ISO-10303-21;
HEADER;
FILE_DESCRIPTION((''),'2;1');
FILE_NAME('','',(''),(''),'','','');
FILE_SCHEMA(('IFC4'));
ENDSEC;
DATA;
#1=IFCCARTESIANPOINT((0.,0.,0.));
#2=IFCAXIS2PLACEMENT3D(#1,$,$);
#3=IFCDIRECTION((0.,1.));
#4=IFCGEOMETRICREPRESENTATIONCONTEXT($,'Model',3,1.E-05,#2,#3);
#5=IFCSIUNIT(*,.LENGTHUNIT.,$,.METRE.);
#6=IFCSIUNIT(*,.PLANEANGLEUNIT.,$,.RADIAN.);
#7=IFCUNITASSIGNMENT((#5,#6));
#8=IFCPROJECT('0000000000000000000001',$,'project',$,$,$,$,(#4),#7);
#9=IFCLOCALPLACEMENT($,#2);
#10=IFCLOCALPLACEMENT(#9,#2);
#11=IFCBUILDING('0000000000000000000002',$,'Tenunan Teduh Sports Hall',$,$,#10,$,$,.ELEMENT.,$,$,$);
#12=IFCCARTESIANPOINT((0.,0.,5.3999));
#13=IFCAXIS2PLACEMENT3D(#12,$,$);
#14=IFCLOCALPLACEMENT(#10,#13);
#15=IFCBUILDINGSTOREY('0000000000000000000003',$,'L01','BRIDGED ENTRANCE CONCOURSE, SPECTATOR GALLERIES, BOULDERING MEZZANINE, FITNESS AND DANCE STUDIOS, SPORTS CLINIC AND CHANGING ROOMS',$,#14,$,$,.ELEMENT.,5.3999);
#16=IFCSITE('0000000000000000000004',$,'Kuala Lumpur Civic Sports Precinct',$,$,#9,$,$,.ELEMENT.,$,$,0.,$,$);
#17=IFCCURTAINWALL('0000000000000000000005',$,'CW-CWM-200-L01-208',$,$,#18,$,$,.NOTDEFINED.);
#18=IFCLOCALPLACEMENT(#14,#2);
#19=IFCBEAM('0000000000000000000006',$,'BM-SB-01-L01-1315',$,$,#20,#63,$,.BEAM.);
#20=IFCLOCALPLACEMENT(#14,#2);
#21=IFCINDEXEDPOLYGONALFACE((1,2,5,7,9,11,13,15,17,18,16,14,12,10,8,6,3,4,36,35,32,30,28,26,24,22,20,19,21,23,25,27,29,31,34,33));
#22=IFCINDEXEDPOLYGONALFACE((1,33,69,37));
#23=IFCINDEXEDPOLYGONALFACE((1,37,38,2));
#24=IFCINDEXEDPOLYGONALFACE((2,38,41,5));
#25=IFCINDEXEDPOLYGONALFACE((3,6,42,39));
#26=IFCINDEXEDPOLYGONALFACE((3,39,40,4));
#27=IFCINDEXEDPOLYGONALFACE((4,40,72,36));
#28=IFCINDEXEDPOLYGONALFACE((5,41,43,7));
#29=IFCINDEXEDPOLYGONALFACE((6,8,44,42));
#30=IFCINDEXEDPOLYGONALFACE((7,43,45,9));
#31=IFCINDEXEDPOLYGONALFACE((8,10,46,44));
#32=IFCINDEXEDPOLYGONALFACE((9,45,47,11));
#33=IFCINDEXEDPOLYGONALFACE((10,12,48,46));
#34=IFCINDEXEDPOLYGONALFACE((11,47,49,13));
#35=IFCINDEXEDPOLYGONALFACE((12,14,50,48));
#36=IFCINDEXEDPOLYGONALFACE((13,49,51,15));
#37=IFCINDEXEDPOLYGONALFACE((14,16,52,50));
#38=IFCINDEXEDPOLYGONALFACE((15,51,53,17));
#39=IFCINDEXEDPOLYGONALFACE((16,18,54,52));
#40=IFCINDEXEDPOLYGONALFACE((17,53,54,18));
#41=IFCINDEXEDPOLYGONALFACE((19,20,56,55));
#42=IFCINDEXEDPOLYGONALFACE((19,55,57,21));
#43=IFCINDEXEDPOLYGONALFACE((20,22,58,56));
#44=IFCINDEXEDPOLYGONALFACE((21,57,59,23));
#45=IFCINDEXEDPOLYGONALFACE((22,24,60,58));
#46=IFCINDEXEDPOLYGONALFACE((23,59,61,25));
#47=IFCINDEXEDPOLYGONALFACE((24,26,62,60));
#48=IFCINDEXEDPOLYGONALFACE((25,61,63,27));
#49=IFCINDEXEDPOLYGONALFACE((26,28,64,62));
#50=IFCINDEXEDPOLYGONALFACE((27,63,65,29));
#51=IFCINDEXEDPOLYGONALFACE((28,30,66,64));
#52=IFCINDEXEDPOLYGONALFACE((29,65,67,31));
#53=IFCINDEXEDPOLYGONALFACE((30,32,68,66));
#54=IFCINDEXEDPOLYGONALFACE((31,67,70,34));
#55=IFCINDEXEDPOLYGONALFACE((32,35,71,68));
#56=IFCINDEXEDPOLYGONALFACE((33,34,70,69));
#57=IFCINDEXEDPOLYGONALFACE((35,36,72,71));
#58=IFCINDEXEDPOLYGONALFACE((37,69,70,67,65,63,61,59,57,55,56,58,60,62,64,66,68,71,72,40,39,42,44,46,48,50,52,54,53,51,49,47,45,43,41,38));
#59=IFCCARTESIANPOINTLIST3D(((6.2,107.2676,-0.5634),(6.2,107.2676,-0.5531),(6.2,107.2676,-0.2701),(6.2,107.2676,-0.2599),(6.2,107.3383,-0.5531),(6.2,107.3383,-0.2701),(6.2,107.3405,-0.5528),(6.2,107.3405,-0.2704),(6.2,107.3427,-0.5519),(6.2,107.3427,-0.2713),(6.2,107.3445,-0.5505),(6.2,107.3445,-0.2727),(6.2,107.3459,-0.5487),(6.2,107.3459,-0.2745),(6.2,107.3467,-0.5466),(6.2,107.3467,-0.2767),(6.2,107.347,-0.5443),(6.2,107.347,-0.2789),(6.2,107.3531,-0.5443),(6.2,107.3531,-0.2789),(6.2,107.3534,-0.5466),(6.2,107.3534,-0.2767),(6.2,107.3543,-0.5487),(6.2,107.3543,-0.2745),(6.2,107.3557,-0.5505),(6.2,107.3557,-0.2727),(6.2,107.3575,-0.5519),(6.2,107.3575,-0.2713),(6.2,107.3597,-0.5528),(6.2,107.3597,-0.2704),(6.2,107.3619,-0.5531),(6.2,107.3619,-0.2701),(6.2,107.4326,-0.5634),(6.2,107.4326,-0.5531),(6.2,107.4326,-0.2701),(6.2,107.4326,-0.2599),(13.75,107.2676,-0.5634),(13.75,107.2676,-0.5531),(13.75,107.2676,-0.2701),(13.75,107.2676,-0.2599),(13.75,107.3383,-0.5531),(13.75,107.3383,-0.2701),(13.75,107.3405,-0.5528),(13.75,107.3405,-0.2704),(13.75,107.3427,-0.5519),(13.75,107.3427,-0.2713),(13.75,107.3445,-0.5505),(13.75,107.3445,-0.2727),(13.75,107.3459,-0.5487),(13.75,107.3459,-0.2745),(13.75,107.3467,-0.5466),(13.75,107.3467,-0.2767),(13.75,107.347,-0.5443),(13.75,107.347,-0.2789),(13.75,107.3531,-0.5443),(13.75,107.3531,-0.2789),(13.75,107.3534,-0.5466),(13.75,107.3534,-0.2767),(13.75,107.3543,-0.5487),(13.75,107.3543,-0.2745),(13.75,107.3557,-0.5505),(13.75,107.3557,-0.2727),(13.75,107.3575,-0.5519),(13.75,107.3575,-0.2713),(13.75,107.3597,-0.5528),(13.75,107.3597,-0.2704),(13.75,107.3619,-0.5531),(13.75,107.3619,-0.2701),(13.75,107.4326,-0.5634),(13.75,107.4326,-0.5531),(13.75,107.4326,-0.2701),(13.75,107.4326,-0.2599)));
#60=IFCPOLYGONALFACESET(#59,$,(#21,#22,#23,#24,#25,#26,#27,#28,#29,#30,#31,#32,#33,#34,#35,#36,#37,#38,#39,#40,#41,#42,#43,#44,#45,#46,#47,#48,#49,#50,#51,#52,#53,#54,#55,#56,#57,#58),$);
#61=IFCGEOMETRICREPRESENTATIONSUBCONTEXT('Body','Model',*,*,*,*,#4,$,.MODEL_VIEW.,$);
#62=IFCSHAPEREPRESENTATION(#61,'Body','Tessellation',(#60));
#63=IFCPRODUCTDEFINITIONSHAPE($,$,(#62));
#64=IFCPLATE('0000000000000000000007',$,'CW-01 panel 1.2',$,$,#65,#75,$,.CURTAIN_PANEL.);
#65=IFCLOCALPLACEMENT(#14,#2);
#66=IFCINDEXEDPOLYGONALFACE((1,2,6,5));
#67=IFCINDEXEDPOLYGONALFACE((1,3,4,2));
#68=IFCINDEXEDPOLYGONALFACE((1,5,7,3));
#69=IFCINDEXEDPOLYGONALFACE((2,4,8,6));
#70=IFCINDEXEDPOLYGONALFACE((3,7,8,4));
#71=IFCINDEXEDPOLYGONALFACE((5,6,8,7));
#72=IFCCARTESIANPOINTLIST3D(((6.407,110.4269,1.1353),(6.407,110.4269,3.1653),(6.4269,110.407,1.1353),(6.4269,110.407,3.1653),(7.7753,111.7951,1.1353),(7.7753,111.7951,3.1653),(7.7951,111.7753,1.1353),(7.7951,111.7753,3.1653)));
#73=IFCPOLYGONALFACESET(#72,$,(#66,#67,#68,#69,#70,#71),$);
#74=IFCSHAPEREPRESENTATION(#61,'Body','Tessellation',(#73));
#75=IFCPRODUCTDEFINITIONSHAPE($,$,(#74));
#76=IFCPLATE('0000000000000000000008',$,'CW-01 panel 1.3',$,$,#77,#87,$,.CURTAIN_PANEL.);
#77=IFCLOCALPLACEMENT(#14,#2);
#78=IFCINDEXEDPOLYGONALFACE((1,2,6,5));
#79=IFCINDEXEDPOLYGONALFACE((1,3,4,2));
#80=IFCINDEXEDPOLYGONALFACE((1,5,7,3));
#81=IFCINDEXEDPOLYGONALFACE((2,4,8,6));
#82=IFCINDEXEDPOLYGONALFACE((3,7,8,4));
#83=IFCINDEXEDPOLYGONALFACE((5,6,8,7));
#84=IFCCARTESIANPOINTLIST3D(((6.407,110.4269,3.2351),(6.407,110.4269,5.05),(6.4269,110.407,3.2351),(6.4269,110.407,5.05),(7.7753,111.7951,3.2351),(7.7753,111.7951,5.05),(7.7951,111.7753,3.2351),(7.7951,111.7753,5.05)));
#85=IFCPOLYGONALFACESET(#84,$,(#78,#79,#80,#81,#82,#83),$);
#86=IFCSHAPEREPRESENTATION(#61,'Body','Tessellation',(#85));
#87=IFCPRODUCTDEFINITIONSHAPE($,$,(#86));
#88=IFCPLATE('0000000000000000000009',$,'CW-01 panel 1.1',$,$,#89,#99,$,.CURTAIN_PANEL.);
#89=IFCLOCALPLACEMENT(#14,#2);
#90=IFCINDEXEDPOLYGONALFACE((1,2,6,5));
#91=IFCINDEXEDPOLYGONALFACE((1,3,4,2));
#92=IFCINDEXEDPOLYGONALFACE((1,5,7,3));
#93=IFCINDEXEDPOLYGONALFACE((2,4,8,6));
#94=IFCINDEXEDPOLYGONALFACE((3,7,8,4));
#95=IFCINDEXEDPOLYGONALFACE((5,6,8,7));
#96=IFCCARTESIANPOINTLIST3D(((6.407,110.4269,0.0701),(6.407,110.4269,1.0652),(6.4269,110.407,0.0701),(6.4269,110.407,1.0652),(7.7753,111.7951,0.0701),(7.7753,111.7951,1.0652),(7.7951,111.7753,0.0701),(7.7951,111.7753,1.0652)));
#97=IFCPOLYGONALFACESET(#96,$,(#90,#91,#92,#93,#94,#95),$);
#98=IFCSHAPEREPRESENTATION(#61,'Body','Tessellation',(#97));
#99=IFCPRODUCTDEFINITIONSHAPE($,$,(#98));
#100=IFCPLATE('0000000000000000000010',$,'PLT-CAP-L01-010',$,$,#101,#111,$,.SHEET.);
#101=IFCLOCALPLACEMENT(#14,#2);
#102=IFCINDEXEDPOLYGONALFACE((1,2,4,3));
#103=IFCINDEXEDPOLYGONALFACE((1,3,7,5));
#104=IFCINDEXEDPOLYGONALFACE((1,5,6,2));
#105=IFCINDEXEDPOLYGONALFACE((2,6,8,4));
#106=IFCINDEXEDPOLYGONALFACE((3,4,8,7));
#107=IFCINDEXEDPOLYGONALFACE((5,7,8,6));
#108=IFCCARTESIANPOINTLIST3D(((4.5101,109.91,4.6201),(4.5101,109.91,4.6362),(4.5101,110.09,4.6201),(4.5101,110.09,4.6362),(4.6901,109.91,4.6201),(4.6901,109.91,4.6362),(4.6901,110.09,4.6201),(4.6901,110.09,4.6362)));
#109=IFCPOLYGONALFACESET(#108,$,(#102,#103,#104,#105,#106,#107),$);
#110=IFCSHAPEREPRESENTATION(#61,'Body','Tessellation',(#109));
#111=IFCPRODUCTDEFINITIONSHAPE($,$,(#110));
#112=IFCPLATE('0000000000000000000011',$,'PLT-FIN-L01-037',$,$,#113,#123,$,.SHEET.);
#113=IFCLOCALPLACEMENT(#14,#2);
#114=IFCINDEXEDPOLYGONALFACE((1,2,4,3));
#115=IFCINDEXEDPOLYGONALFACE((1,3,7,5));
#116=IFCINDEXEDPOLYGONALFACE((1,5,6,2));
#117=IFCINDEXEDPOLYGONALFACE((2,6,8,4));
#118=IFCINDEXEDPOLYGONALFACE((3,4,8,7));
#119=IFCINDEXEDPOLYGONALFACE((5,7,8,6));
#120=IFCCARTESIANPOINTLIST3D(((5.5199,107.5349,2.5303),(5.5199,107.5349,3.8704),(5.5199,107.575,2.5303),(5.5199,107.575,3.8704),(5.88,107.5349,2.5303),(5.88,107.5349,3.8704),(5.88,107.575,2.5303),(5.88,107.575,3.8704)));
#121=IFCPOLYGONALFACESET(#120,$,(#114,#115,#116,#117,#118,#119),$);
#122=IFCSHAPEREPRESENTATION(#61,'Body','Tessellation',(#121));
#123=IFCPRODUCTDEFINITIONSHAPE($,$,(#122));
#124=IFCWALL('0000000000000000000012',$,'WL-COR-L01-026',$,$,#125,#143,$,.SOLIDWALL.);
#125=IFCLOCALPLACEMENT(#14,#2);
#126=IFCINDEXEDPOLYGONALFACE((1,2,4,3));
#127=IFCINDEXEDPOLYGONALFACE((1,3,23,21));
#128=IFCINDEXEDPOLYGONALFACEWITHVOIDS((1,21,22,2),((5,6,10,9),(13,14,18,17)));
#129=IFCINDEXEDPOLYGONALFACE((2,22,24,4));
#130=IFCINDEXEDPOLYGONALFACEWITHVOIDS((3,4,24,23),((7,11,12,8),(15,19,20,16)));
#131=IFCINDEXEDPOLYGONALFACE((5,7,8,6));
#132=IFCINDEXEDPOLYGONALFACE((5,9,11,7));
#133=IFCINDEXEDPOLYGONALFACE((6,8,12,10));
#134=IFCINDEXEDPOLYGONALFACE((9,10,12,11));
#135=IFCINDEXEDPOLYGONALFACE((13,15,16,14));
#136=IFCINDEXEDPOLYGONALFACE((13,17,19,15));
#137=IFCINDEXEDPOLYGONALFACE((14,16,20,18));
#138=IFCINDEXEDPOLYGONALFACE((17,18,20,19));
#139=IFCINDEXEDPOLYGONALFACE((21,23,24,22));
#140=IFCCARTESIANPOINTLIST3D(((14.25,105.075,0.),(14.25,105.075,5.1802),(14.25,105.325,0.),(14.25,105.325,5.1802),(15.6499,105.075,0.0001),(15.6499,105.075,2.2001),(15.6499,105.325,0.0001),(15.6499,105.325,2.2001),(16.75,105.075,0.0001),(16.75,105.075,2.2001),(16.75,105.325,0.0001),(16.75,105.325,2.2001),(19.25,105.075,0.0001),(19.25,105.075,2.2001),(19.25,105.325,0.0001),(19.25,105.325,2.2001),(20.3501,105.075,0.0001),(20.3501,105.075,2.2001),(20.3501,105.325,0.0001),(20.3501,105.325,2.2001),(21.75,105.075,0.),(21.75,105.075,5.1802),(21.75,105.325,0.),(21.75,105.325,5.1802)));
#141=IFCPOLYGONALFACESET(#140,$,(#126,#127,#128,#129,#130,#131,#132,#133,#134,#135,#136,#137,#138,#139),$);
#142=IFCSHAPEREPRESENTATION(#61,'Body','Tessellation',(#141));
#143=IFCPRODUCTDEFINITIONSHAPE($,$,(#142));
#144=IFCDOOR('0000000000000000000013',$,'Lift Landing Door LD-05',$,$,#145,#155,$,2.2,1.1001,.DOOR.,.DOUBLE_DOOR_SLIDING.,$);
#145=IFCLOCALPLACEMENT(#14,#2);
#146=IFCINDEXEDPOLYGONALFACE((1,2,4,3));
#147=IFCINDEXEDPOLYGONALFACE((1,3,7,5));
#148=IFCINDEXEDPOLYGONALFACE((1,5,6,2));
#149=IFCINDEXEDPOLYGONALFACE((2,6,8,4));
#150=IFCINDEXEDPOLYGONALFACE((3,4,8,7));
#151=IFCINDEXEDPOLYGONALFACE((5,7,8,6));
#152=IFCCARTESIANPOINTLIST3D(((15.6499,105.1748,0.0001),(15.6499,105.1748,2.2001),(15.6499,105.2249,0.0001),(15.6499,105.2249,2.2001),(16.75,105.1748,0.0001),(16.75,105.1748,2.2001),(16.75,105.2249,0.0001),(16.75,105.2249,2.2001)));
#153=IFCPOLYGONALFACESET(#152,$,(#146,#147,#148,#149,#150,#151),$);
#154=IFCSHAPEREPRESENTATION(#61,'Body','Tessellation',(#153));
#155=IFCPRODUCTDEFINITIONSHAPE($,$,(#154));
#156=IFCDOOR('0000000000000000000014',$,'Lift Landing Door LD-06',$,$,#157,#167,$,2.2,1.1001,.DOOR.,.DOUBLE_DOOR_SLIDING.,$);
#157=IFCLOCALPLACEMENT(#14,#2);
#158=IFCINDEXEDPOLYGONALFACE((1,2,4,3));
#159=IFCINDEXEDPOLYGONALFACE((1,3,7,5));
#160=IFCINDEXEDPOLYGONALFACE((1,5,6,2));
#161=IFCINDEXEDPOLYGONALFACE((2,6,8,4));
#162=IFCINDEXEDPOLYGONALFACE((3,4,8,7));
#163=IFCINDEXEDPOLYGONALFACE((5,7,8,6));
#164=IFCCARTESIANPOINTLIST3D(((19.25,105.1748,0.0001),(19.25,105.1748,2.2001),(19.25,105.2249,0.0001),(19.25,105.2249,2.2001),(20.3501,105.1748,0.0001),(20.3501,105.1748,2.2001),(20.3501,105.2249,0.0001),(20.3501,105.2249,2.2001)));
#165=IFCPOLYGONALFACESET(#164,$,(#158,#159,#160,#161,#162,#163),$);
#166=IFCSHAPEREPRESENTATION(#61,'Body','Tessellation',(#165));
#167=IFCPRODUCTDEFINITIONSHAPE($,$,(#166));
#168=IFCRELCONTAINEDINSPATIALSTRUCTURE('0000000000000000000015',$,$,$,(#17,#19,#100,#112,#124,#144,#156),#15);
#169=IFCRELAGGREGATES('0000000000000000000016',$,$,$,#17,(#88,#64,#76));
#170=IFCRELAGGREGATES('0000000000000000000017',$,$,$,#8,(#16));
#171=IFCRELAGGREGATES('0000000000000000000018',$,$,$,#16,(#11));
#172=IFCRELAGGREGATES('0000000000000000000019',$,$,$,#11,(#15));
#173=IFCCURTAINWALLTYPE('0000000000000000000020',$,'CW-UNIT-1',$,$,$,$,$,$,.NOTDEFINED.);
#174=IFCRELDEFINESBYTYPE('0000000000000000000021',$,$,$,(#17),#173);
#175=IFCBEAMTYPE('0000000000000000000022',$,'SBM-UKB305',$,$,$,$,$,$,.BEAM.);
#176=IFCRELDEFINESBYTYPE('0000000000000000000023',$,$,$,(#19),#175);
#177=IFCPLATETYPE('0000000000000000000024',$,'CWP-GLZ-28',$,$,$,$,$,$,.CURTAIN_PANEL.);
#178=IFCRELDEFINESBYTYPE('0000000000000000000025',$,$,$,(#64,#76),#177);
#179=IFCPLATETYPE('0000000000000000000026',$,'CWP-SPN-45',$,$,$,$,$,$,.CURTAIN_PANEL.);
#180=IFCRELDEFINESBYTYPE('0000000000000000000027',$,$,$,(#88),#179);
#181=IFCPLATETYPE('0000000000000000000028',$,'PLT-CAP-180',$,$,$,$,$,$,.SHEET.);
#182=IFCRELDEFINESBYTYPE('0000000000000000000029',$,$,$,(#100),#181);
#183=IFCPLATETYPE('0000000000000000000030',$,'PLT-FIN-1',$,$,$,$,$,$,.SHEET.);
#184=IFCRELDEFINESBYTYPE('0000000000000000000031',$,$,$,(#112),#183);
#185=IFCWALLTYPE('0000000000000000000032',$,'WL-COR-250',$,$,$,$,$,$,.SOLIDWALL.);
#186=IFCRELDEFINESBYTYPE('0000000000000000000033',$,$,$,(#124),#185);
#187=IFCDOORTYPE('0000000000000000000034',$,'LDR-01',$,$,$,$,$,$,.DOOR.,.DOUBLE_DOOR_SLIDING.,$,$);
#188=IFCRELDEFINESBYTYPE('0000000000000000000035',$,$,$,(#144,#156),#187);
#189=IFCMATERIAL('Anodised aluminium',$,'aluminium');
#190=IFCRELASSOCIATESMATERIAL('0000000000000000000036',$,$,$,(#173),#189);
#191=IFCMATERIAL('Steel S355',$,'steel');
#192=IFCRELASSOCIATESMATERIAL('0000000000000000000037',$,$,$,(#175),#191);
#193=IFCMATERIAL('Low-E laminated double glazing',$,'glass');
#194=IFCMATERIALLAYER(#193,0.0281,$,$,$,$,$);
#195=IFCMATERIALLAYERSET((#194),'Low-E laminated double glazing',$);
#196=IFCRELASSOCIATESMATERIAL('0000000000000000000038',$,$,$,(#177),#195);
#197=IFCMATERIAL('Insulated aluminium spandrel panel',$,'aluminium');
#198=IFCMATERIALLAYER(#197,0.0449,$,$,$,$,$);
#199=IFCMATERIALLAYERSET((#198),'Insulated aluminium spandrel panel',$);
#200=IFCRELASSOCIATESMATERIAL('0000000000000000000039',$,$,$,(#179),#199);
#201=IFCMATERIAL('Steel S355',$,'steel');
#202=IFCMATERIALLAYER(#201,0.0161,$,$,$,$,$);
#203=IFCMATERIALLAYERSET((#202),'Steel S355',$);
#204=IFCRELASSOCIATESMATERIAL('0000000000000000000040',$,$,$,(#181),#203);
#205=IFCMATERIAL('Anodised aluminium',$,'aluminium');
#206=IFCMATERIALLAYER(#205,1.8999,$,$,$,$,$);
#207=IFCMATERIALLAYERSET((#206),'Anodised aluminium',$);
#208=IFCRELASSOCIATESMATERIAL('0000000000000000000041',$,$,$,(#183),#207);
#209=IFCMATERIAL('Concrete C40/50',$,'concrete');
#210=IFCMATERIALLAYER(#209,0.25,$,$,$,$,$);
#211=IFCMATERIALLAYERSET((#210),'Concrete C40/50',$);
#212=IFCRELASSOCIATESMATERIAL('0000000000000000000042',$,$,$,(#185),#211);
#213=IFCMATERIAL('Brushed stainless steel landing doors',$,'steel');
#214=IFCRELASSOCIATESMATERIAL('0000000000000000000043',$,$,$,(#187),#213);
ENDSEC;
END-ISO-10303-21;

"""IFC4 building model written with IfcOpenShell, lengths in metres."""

from ifc_helpers import new_model, si_unit, direction, frame, frame_2d, origin, origin_2d, place, context, subcontext, project, spatial, rectangle, i_section, extrude, material, layer, layer_set, material_profile, profile_set, type_object, element, fill, aggregate, save


model = new_model("IFC4")

# Units and contexts
model_context = context("Model", 3, precision=1e-05, world=origin(), true_north=direction((0.0, 1.0)))
body_context = subcontext(model_context, "Body", "Model", "MODEL_VIEW")
ifc_project = project(units=[si_unit("LENGTHUNIT", "METRE"), si_unit("PLANEANGLEUNIT", "RADIAN")], contexts=[model_context])

# Site, building, storey
site_placement = place(None, origin())
site = spatial("IfcSite", under=ifc_project, at=site_placement, Name="Kuala Lumpur Civic Sports Precinct", CompositionType="ELEMENT", RefElevation=0.0)
building_placement = place(site_placement, origin())
building = spatial("IfcBuilding", under=site, at=building_placement, Name="Tenunan Teduh Sports Hall", CompositionType="ELEMENT")
storey_placement = place(building_placement, frame((0.0, 0.0, 5.3999)))
storey = spatial("IfcBuildingStorey", under=building, at=storey_placement, Name="L01", Description="BRIDGED ENTRANCE CONCOURSE, SPECTATOR GALLERIES, BOULDERING MEZZANINE, FITNESS AND DANCE STUDIOS, SPORTS CLINIC AND CHANGING ROOMS", CompositionType="ELEMENT", Elevation=5.3999)

# Curtain wall
ifc_material_1 = material(Name="Anodised aluminium", Category="aluminium")
curtain_wall_type = type_object("IfcCurtainWallType", Name="CW-UNIT-1", PredefinedType="NOTDEFINED", material=ifc_material_1)
curtain_wall_placement = place(storey_placement, origin())
curtain_wall = element("IfcCurtainWall", 1, at=curtain_wall_placement, inside=storey, type_object=curtain_wall_type, Name="CW-CWM-200-L01-208", PredefinedType="NOTDEFINED")

# Beam
ifc_material_2 = material(Name="Steel S355", Category="steel")
ifc_material_profile_1 = material_profile(ifc_material_2, i_section(OverallWidth=0.165, OverallDepth=0.3035, WebThickness=0.0061, FlangeThickness=0.0103, FilletRadius=0.0088, at=origin_2d()), Name="UKB 305x165x40")
ifc_profile_set_1 = profile_set([ifc_material_profile_1], Name="Steel S355")
beam_type_1 = type_object("IfcBeamType", Name="SBM-UKB305", PredefinedType="BEAM", material=ifc_profile_set_1)
beam_1_placement = place(storey_placement, frame((6.2, 107.3501, -0.4116), z_axis=(1.0, 0.0, 0.0), x_axis=(0.0, 1.0, 0.0)))
element("IfcBeam", 2, at=beam_1_placement, inside=storey, type_object=beam_type_1, Name="BM-SB-01-L01-1315", PredefinedType="BEAM", context=body_context, shape_type="SweptSolid", body=[
    extrude(i_section(OverallWidth=0.165, OverallDepth=0.3035, WebThickness=0.0061, FlangeThickness=0.0103, FilletRadius=0.0088, at=origin_2d()), origin(), (0.0, 0.0, 1.0), 7.55),
])

# Plates
ifc_material_3 = material(Name="Low-E laminated double glazing", Category="glass")
ifc_layer_1 = layer(ifc_material_3, 0.0281)
ifc_layer_set_1 = layer_set([ifc_layer_1], Name="Low-E laminated double glazing")
plate_type_1 = type_object("IfcPlateType", Name="CWP-GLZ-28", PredefinedType="CURTAIN_PANEL", material=ifc_layer_set_1)
plate_1_placement = place(storey_placement, frame((7.1011, 111.1011, 1.1353), z_axis=(0.0, 0.0, 1.0), x_axis=(0.707107, 0.707107, 0.0)))
plate_1 = element("IfcPlate", 3, at=plate_1_placement, type_object=plate_type_1, Name="CW-01 panel 1.2", PredefinedType="CURTAIN_PANEL", context=body_context, shape_type="SweptSolid", body=[
    extrude(rectangle(XDim=1.9351, YDim=0.0281, at=origin_2d()), origin(), (0.0, 0.0, 1.0), 2.03),
])
plate_2_placement = place(storey_placement, frame((7.1011, 111.1011, 3.2351), z_axis=(0.0, 0.0, 1.0), x_axis=(0.707107, 0.707107, 0.0)))
plate_2 = element("IfcPlate", 4, at=plate_2_placement, type_object=plate_type_1, Name="CW-01 panel 1.3", PredefinedType="CURTAIN_PANEL", context=body_context, shape_type="SweptSolid", body=[
    extrude(rectangle(XDim=1.9351, YDim=0.0281, at=origin_2d()), origin(), (0.0, 0.0, 1.0), 1.8149),
])
ifc_material_4 = material(Name="Insulated aluminium spandrel panel", Category="aluminium")
ifc_layer_2 = layer(ifc_material_4, 0.0449)
ifc_layer_set_2 = layer_set([ifc_layer_2], Name="Insulated aluminium spandrel panel")
plate_type_2 = type_object("IfcPlateType", Name="CWP-SPN-45", PredefinedType="CURTAIN_PANEL", material=ifc_layer_set_2)
plate_3_placement = place(storey_placement, frame((7.1011, 111.1011, 0.0701), z_axis=(0.0, 0.0, 1.0), x_axis=(0.707107, 0.707107, 0.0)))
plate_3 = element("IfcPlate", 5, at=plate_3_placement, type_object=plate_type_2, Name="CW-01 panel 1.1", PredefinedType="CURTAIN_PANEL", context=body_context, shape_type="SweptSolid", body=[
    extrude(rectangle(XDim=1.9351, YDim=0.0281, at=origin_2d()), origin(), (0.0, 0.0, 1.0), 0.9951),
])
aggregate(curtain_wall, [plate_3, plate_1, plate_2])

# Plates
ifc_material_5 = material(Name="Steel S355", Category="steel")
ifc_layer_3 = layer(ifc_material_5, 0.0161)
ifc_layer_set_3 = layer_set([ifc_layer_3], Name="Steel S355")
plate_type_3 = type_object("IfcPlateType", Name="PLT-CAP-180", PredefinedType="SHEET", material=ifc_layer_set_3)
plate_4_placement = place(storey_placement, frame((4.6001, 110.0, 4.6201), z_axis=(0.0, 0.0, 1.0), x_axis=(1.0, 0.0, 0.0)))
element("IfcPlate", 6, at=plate_4_placement, inside=storey, type_object=plate_type_3, Name="PLT-CAP-L01-010", PredefinedType="SHEET", context=body_context, shape_type="SweptSolid", body=[
    extrude(rectangle(XDim=0.1799, YDim=0.1799, at=origin_2d()), origin(), (0.0, 0.0, 1.0), 0.0161),
])
ifc_material_6 = material(Name="Anodised aluminium", Category="aluminium")
ifc_layer_4 = layer(ifc_material_6, 1.8999)
ifc_layer_set_4 = layer_set([ifc_layer_4], Name="Anodised aluminium")
plate_type_4 = type_object("IfcPlateType", Name="PLT-FIN-1", PredefinedType="SHEET", material=ifc_layer_set_4)
plate_5_placement = place(storey_placement, frame((5.7, 107.5549, 2.5303), z_axis=(0.0, 0.0, 1.0), x_axis=(0.0, 1.0, 0.0)))
element("IfcPlate", 7, at=plate_5_placement, inside=storey, type_object=plate_type_4, Name="PLT-FIN-L01-037", PredefinedType="SHEET", context=body_context, shape_type="SweptSolid", body=[
    extrude(rectangle(XDim=0.04, YDim=0.3601, at=origin_2d()), origin(), (0.0, 0.0, 1.0), 1.3401),
])

# Wall, openings, doors
ifc_material_7 = material(Name="Concrete C40/50", Category="concrete")
ifc_layer_5 = layer(ifc_material_7, 0.25)
ifc_layer_set_5 = layer_set([ifc_layer_5], Name="Concrete C40/50")
wall_type_1 = type_object("IfcWallType", Name="WL-COR-250", PredefinedType="SOLIDWALL", material=ifc_layer_set_5)
wall_1_placement = place(storey_placement, frame((14.25, 105.2, 0.0), z_axis=(0.0, 0.0, 1.0), x_axis=(1.0, 0.0, 0.0)))
wall_1 = element("IfcWall", 8, at=wall_1_placement, inside=storey, type_object=wall_type_1, Name="WL-COR-L01-026", PredefinedType="SOLIDWALL", context=body_context, shape_type="SweptSolid", body=[
    extrude(rectangle(XDim=7.5, YDim=0.25, at=frame_2d((3.75, 0.0))), origin(), (0.0, 0.0, 1.0), 5.1802),
])
opening_1_placement = place(wall_1_placement, frame((1.3999, 0.0, 0.0)))
opening_1 = element("IfcOpeningElement", 9, at=opening_1_placement, cuts=wall_1, PredefinedType="OPENING", context=body_context, shape_type="SweptSolid", body=[
    extrude(rectangle(XDim=1.1001, YDim=2.2, at=frame_2d((0.55, 1.1001))), frame((0.0, 0.135, 0.0), z_axis=(0.0, -1.0, 0.0), x_axis=(1.0, 0.0, 0.0)), (0.0, 0.0, 1.0), 0.27),
])
opening_2_placement = place(wall_1_placement, frame((5.0, 0.0, 0.0)))
opening_2 = element("IfcOpeningElement", 10, at=opening_2_placement, cuts=wall_1, PredefinedType="OPENING", context=body_context, shape_type="SweptSolid", body=[
    extrude(rectangle(XDim=1.1001, YDim=2.2, at=frame_2d((0.55, 1.1001))), frame((0.0, 0.135, 0.0), z_axis=(0.0, -1.0, 0.0), x_axis=(1.0, 0.0, 0.0)), (0.0, 0.0, 1.0), 0.27),
])
ifc_material_8 = material(Name="Brushed stainless steel landing doors", Category="steel")
door_type = type_object("IfcDoorType", Name="LDR-01", OperationType="DOUBLE_DOOR_SLIDING", PredefinedType="DOOR", material=ifc_material_8)
door_1_placement = place(opening_1_placement, origin())
door_1 = element("IfcDoor", 11, at=door_1_placement, inside=storey, type_object=door_type, Name="Lift Landing Door LD-05", OperationType="DOUBLE_DOOR_SLIDING", OverallHeight=2.2, OverallWidth=1.1001, PredefinedType="DOOR", context=body_context, shape_type="SweptSolid", body=[
    extrude(rectangle(XDim=1.1001, YDim=2.2, at=frame_2d((0.55, 1.1001))), frame((0.0, 0.0249, 0.0), z_axis=(0.0, -1.0, 0.0), x_axis=(1.0, 0.0, 0.0)), (0.0, 0.0, 1.0), 0.05),
])
fill(opening_1, door_1)
door_2_placement = place(opening_2_placement, origin())
door_2 = element("IfcDoor", 12, at=door_2_placement, inside=storey, type_object=door_type, Name="Lift Landing Door LD-06", OperationType="DOUBLE_DOOR_SLIDING", OverallHeight=2.2, OverallWidth=1.1001, PredefinedType="DOOR", context=body_context, shape_type="SweptSolid", body=[
    extrude(rectangle(XDim=1.1001, YDim=2.2, at=frame_2d((0.55, 1.1001))), frame((0.0, 0.0249, 0.0), z_axis=(0.0, -1.0, 0.0), x_axis=(1.0, 0.0, 0.0)), (0.0, 0.0, 1.0), 0.05),
])
fill(opening_2, door_2)

save(model, "model.ifc")
